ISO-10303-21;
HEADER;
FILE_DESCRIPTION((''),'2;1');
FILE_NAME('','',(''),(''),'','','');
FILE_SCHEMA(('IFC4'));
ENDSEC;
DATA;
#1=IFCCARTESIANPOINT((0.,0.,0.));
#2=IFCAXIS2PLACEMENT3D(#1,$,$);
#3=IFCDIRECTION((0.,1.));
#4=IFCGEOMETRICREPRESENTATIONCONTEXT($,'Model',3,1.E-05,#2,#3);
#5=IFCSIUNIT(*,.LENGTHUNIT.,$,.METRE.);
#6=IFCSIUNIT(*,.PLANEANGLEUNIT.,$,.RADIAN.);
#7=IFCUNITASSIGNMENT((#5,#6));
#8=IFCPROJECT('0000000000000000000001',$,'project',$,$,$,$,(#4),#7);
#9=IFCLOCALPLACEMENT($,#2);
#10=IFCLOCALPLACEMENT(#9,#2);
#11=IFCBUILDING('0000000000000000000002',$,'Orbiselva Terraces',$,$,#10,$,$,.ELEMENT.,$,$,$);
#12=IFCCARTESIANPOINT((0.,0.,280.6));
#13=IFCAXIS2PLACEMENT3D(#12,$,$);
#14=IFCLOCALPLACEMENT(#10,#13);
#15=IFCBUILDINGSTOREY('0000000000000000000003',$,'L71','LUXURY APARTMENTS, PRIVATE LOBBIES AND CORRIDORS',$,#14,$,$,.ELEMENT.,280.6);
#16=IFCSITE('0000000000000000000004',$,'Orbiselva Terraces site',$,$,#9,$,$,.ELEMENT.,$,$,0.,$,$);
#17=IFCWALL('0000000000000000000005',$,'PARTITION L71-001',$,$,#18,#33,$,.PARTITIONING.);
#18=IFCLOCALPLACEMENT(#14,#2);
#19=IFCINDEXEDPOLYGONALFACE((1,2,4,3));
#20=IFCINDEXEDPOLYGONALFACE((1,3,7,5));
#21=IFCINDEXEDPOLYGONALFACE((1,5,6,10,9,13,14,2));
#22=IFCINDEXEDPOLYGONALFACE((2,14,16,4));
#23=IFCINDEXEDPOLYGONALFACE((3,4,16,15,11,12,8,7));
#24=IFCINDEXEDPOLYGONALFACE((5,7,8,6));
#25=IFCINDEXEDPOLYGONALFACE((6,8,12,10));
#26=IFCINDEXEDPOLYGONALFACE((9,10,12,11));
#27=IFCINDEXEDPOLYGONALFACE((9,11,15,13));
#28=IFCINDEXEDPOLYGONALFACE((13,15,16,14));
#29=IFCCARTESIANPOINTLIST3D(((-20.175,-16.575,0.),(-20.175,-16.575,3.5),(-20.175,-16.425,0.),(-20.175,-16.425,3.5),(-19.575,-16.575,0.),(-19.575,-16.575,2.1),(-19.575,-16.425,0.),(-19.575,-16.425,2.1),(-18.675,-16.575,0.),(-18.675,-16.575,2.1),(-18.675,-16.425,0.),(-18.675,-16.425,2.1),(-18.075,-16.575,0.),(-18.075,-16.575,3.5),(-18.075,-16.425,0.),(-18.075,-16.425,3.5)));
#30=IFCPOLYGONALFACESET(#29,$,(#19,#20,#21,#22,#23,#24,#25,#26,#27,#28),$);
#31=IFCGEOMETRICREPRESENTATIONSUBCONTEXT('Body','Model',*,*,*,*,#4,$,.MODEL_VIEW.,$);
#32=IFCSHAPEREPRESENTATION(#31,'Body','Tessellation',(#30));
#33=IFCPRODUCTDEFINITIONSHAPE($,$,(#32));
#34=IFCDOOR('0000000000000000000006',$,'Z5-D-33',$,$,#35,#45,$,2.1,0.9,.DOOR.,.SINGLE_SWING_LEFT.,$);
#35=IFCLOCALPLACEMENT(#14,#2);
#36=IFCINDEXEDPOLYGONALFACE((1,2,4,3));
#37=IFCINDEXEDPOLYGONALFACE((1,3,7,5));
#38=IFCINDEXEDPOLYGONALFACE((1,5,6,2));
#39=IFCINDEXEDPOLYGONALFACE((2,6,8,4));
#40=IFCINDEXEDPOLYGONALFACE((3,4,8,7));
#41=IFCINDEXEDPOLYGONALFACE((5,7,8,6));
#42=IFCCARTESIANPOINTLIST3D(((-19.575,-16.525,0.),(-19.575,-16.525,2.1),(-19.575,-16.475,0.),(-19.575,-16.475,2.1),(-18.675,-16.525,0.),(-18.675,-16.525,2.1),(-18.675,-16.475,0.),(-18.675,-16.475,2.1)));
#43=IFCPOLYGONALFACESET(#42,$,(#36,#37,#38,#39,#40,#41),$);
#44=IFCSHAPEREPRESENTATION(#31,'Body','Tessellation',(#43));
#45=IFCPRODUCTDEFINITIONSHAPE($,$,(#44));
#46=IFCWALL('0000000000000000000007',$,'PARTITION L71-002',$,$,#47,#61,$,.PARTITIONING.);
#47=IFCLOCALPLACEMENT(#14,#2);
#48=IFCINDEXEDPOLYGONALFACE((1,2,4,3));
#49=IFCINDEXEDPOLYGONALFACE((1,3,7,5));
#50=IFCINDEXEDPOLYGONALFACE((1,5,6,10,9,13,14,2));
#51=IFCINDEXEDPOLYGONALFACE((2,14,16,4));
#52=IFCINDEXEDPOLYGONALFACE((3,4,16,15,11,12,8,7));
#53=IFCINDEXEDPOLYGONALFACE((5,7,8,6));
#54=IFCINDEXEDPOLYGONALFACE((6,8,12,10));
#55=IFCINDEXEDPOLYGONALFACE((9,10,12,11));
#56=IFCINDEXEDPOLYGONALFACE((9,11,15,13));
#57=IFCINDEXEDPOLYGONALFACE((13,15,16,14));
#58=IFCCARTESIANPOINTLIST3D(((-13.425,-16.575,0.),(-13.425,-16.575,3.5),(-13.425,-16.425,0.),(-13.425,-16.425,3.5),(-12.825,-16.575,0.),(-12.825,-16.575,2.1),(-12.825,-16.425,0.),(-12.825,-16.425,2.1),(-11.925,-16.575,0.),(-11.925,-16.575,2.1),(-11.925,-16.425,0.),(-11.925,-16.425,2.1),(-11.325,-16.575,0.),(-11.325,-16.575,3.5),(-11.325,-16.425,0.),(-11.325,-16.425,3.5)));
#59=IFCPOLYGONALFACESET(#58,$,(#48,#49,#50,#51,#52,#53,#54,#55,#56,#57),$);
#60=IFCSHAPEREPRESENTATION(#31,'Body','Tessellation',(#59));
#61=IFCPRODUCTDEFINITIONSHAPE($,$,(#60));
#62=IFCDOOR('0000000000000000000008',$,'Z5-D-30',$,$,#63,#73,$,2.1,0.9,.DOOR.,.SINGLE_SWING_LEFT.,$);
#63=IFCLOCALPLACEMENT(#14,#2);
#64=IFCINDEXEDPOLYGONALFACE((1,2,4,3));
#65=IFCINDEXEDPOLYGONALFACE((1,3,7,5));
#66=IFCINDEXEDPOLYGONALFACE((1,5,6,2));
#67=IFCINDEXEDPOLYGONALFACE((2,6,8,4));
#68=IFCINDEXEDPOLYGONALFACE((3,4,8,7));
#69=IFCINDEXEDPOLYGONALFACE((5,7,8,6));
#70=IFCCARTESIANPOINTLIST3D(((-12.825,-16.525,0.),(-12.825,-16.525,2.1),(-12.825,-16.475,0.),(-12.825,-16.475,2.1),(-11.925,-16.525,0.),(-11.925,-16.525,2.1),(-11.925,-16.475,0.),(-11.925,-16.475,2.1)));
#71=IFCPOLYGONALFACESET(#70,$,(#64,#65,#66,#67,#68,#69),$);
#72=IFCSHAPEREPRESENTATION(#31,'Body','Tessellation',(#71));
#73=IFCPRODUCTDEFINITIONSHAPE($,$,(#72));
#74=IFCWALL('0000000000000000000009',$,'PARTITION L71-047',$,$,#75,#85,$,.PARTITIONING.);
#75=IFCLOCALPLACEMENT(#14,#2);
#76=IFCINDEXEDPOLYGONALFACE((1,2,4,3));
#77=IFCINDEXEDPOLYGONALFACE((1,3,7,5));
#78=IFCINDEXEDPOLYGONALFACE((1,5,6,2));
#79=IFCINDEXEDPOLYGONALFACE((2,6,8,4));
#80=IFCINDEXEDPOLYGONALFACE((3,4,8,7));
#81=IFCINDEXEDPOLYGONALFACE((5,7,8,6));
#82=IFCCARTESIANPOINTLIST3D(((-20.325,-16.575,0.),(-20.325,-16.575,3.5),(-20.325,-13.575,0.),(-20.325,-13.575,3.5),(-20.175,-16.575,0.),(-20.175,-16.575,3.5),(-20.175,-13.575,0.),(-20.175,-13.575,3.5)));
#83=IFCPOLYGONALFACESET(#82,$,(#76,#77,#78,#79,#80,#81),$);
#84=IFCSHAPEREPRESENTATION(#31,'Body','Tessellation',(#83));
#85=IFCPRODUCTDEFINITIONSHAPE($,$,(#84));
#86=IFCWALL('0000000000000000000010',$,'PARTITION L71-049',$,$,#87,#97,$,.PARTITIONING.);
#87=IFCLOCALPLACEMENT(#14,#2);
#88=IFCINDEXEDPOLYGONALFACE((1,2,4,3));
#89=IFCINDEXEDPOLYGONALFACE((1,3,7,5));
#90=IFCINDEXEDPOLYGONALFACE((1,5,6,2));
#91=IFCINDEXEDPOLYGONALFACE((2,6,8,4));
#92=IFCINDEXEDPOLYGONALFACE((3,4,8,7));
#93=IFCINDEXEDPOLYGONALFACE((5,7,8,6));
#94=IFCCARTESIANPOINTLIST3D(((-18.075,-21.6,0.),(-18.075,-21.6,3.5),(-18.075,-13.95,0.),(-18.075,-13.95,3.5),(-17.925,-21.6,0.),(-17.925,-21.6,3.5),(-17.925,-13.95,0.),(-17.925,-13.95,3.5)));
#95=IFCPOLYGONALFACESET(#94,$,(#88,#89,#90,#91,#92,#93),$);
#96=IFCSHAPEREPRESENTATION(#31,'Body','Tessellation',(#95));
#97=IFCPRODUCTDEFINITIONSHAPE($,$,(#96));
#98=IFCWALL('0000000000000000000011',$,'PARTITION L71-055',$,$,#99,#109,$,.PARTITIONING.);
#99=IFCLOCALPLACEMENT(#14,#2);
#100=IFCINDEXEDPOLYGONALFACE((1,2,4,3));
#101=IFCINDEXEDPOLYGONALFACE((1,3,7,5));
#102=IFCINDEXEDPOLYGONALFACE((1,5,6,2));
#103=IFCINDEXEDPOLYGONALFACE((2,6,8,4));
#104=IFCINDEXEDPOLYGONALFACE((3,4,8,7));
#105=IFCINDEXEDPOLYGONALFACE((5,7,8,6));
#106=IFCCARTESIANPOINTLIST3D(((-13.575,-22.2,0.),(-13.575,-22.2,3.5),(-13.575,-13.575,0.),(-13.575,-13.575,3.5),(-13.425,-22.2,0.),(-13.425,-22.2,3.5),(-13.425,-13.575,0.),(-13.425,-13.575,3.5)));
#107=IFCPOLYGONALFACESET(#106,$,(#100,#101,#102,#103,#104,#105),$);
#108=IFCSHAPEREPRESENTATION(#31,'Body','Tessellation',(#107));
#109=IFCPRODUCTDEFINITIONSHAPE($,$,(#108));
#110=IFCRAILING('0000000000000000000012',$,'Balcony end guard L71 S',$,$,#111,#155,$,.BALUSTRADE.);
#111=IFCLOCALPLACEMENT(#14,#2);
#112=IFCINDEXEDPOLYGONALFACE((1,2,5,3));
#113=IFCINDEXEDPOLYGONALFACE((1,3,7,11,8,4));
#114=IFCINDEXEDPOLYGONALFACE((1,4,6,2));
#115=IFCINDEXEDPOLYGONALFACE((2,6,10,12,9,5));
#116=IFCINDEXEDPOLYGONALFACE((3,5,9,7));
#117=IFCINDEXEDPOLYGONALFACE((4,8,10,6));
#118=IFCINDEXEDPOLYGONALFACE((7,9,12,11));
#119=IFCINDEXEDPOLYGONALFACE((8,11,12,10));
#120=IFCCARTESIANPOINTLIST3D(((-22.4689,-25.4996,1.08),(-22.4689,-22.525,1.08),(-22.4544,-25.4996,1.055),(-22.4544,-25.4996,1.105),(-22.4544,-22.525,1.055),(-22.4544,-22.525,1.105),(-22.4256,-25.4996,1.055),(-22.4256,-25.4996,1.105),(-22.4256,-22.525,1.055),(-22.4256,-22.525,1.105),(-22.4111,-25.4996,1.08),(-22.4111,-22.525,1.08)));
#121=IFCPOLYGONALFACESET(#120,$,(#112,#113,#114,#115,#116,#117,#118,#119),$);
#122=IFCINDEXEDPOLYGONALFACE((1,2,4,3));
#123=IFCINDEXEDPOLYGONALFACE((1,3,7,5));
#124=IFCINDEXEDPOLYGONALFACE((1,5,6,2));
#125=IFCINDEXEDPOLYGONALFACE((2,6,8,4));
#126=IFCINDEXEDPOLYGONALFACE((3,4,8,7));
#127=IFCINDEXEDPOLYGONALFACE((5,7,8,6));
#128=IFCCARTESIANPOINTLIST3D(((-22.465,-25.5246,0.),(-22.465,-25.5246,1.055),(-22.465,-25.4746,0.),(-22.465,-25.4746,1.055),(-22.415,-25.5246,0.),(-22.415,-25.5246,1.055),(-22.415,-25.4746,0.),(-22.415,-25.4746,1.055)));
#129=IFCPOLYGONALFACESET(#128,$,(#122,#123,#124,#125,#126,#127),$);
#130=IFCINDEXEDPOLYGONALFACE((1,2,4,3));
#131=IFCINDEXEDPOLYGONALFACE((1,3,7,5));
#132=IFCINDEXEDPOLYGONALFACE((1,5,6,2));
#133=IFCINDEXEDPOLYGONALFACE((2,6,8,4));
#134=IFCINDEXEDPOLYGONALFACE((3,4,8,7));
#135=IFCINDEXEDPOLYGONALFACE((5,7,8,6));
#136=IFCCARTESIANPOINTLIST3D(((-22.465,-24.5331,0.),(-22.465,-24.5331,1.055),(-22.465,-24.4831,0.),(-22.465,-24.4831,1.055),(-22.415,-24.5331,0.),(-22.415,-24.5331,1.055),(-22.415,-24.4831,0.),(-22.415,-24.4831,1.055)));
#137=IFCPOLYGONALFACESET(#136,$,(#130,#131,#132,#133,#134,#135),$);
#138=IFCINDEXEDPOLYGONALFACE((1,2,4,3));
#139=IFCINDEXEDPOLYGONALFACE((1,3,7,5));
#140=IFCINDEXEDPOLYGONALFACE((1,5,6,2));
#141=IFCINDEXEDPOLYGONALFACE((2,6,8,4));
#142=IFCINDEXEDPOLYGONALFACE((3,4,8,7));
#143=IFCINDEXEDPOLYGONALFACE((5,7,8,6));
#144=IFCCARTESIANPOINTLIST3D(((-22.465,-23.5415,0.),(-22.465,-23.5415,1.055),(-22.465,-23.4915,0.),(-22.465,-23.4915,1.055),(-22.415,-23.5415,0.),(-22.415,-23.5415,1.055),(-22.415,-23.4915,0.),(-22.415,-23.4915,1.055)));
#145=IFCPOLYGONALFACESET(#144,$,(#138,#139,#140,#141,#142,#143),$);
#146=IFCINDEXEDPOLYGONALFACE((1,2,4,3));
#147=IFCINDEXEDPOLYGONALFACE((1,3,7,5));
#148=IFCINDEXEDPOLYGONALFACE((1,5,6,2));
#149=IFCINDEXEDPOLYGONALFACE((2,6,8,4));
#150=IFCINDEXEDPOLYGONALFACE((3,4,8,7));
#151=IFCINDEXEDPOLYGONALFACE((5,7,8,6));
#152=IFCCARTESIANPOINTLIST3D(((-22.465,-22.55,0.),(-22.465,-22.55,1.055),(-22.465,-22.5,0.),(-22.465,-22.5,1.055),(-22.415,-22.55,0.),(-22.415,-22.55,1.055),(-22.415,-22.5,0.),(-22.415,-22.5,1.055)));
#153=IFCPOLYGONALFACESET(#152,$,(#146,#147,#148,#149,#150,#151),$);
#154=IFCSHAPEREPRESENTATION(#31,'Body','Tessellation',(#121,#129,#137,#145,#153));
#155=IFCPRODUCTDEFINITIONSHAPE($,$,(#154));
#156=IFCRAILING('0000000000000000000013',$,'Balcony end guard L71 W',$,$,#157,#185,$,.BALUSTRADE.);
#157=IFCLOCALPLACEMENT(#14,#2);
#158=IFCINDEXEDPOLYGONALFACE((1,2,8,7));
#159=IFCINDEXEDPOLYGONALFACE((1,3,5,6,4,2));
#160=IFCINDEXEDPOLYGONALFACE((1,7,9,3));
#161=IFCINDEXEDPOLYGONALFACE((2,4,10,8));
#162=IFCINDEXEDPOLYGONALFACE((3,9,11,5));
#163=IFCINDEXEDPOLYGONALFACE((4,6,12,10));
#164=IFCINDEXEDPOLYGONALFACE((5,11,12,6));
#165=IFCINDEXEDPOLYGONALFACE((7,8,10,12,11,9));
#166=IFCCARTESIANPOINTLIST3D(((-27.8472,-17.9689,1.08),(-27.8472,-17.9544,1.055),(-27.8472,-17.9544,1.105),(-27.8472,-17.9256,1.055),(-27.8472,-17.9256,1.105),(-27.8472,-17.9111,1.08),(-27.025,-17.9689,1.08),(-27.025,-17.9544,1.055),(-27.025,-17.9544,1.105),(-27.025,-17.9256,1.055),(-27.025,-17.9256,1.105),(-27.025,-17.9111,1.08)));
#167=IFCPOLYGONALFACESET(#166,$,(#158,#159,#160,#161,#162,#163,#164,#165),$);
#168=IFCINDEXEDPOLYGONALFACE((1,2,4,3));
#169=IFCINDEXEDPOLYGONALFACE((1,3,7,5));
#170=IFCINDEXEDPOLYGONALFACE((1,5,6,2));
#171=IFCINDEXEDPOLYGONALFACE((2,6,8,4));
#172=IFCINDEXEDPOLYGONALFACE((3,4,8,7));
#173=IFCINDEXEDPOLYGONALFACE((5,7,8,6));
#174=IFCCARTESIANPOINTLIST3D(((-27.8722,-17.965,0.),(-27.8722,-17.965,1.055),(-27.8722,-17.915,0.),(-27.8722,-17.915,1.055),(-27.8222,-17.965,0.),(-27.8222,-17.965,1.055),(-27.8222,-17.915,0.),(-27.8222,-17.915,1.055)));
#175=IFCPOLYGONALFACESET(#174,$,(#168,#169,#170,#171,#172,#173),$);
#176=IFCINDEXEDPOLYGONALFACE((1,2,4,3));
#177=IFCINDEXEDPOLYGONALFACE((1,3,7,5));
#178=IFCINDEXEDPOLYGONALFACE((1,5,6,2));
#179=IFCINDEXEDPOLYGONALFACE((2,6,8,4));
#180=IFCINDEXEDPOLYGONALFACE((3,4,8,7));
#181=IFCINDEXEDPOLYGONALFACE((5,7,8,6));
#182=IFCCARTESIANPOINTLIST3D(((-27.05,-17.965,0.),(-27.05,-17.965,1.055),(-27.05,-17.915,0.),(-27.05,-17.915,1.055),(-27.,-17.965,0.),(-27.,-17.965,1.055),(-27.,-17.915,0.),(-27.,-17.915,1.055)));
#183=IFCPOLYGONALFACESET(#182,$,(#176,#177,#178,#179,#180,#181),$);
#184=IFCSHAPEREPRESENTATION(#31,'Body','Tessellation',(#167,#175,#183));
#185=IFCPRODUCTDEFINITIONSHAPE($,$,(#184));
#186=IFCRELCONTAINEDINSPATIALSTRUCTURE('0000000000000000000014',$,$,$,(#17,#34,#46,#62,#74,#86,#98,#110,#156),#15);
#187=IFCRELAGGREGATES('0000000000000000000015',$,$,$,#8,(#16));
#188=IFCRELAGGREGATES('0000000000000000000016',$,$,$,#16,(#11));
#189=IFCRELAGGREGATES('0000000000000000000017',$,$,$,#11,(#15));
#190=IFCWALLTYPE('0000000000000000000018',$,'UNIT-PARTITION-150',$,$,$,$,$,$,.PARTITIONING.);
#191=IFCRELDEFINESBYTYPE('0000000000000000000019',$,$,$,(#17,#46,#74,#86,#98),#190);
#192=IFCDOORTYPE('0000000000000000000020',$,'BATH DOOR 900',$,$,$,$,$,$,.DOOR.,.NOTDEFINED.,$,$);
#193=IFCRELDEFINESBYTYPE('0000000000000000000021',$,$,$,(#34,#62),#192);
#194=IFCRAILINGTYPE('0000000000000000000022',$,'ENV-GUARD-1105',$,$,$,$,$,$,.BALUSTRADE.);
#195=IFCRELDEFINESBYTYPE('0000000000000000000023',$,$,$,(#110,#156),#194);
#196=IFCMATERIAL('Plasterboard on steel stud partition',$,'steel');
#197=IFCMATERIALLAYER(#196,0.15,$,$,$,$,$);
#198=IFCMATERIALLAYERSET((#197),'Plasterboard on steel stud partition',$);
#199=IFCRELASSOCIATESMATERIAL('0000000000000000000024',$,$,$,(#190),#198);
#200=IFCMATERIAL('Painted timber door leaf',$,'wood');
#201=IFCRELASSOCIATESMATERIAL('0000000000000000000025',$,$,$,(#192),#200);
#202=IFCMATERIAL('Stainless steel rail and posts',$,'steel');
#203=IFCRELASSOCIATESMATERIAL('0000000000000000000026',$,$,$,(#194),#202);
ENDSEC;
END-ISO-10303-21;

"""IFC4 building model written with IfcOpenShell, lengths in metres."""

from ifc_helpers import new_model, si_unit, direction, frame, frame_2d, origin, origin_2d, place, context, subcontext, project, spatial, polyline, rectangle, outline, extrude, material, layer, layer_set, type_object, element, fill, save


model = new_model("IFC4")

# Units and contexts
model_context = context("Model", 3, precision=1e-05, world=origin(), true_north=direction((0.0, 1.0)))
body_context = subcontext(model_context, "Body", "Model", "MODEL_VIEW")
ifc_project = project(units=[si_unit("LENGTHUNIT", "METRE"), si_unit("PLANEANGLEUNIT", "RADIAN")], contexts=[model_context])

# Site, building, storey
site_placement = place(None, origin())
site = spatial("IfcSite", under=ifc_project, at=site_placement, Name="Orbiselva Terraces site", CompositionType="ELEMENT", RefElevation=0.0)
building_placement = place(site_placement, origin())
building = spatial("IfcBuilding", under=site, at=building_placement, Name="Orbiselva Terraces", CompositionType="ELEMENT")
storey_placement = place(building_placement, frame((0.0, 0.0, 280.6)))
storey = spatial("IfcBuildingStorey", under=building, at=storey_placement, Name="L71", Description="LUXURY APARTMENTS, PRIVATE LOBBIES AND CORRIDORS", CompositionType="ELEMENT", Elevation=280.6)

# Walls, openings, doors
ifc_material_1 = material(Name="Plasterboard on steel stud partition", Category="steel")
ifc_layer_1 = layer(ifc_material_1, 0.15)
ifc_layer_set_1 = layer_set([ifc_layer_1], Name="Plasterboard on steel stud partition")
wall_type_1 = type_object("IfcWallType", Name="UNIT-PARTITION-150", PredefinedType="PARTITIONING", material=ifc_layer_set_1)
wall_1_placement = place(storey_placement, frame((-20.175, -16.5, 0.0), z_axis=(0.0, 0.0, 1.0), x_axis=(1.0, 0.0, 0.0)))
wall_1 = element("IfcWall", 1, at=wall_1_placement, inside=storey, type_object=wall_type_1, Name="PARTITION L71-001", PredefinedType="PARTITIONING", context=body_context, shape_type="SweptSolid", body=[
    extrude(rectangle(XDim=2.1, YDim=0.15, at=frame_2d((1.05, 0.0))), origin(), (0.0, 0.0, 1.0), 3.5),
])
opening_1_placement = place(wall_1_placement, frame((0.6, 0.0, 0.0)))
opening_1 = element("IfcOpeningElement", 2, at=opening_1_placement, cuts=wall_1, PredefinedType="OPENING", context=body_context, shape_type="SweptSolid", body=[
    extrude(rectangle(XDim=0.9, YDim=2.1, at=frame_2d((0.45, 1.05))), frame((0.0, 0.085, 0.0), z_axis=(0.0, -1.0, 0.0), x_axis=(1.0, 0.0, 0.0)), (0.0, 0.0, 1.0), 0.17),
])
ifc_material_2 = material(Name="Painted timber door leaf", Category="wood")
door_type_1 = type_object("IfcDoorType", Name="BATH DOOR 900", OperationType="NOTDEFINED", PredefinedType="DOOR", material=ifc_material_2)
door_1_placement = place(opening_1_placement, origin())
door_1 = element("IfcDoor", 3, at=door_1_placement, inside=storey, type_object=door_type_1, Name="Z5-D-33", OperationType="SINGLE_SWING_LEFT", OverallHeight=2.1, OverallWidth=0.9, PredefinedType="DOOR", context=body_context, shape_type="SweptSolid", body=[
    extrude(rectangle(XDim=0.9, YDim=2.1, at=frame_2d((0.45, 1.05))), frame((0.0, 0.025, 0.0), z_axis=(0.0, -1.0, 0.0), x_axis=(1.0, 0.0, 0.0)), (0.0, 0.0, 1.0), 0.05),
])
fill(opening_1, door_1)
wall_2_placement = place(storey_placement, frame((-13.425, -16.5, 0.0), z_axis=(0.0, 0.0, 1.0), x_axis=(1.0, 0.0, 0.0)))
wall_2 = element("IfcWall", 4, at=wall_2_placement, inside=storey, type_object=wall_type_1, Name="PARTITION L71-002", PredefinedType="PARTITIONING", context=body_context, shape_type="SweptSolid", body=[
    extrude(rectangle(XDim=2.1, YDim=0.15, at=frame_2d((1.05, 0.0))), origin(), (0.0, 0.0, 1.0), 3.5),
])
opening_2_placement = place(wall_2_placement, frame((0.6, 0.0, 0.0)))
opening_2 = element("IfcOpeningElement", 5, at=opening_2_placement, cuts=wall_2, PredefinedType="OPENING", context=body_context, shape_type="SweptSolid", body=[
    extrude(rectangle(XDim=0.9, YDim=2.1, at=frame_2d((0.45, 1.05))), frame((0.0, 0.085, 0.0), z_axis=(0.0, -1.0, 0.0), x_axis=(1.0, 0.0, 0.0)), (0.0, 0.0, 1.0), 0.17),
])
door_2_placement = place(opening_2_placement, origin())
door_2 = element("IfcDoor", 6, at=door_2_placement, inside=storey, type_object=door_type_1, Name="Z5-D-30", OperationType="SINGLE_SWING_LEFT", OverallHeight=2.1, OverallWidth=0.9, PredefinedType="DOOR", context=body_context, shape_type="SweptSolid", body=[
    extrude(rectangle(XDim=0.9, YDim=2.1, at=frame_2d((0.45, 1.05))), frame((0.0, 0.025, 0.0), z_axis=(0.0, -1.0, 0.0), x_axis=(1.0, 0.0, 0.0)), (0.0, 0.0, 1.0), 0.05),
])
fill(opening_2, door_2)

# Walls
wall_3_placement = place(storey_placement, frame((-20.25, -16.575, 0.0), z_axis=(0.0, 0.0, 1.0), x_axis=(0.0, 1.0, 0.0)))
element("IfcWall", 7, at=wall_3_placement, inside=storey, type_object=wall_type_1, Name="PARTITION L71-047", PredefinedType="PARTITIONING", context=body_context, shape_type="SweptSolid", body=[
    extrude(rectangle(XDim=3.0, YDim=0.15, at=frame_2d((1.5, 0.0))), origin(), (0.0, 0.0, 1.0), 3.5),
])
wall_4_placement = place(storey_placement, frame((-18.0, -21.6, 0.0), z_axis=(0.0, 0.0, 1.0), x_axis=(0.0, 1.0, 0.0)))
element("IfcWall", 8, at=wall_4_placement, inside=storey, type_object=wall_type_1, Name="PARTITION L71-049", PredefinedType="PARTITIONING", context=body_context, shape_type="SweptSolid", body=[
    extrude(rectangle(XDim=7.65, YDim=0.15, at=frame_2d((3.825, 0.0))), origin(), (0.0, 0.0, 1.0), 3.5),
])
wall_5_placement = place(storey_placement, frame((-13.5, -22.2, 0.0), z_axis=(0.0, 0.0, 1.0), x_axis=(0.0, 1.0, 0.0)))
element("IfcWall", 9, at=wall_5_placement, inside=storey, type_object=wall_type_1, Name="PARTITION L71-055", PredefinedType="PARTITIONING", context=body_context, shape_type="SweptSolid", body=[
    extrude(rectangle(XDim=8.625, YDim=0.15, at=frame_2d((4.3125, 0.0))), origin(), (0.0, 0.0, 1.0), 3.5),
])

# Railings
ifc_material_3 = material(Name="Stainless steel rail and posts", Category="steel")
railing_type_1 = type_object("IfcRailingType", Name="ENV-GUARD-1105", PredefinedType="BALUSTRADE", material=ifc_material_3)
railing_1_placement = place(storey_placement, frame((-22.44, -25.4996, 0.0)))
element("IfcRailing", 10, at=railing_1_placement, inside=storey, type_object=railing_type_1, Name="Balcony end guard L71 S", PredefinedType="BALUSTRADE", context=body_context, shape_type="SweptSolid", body=[
    extrude(outline(polyline([(0.0289, 0.0), (0.0144, 0.025), (-0.0144, 0.025), (-0.0289, 0.0), (-0.0144, -0.025), (0.0144, -0.025), (0.0289, 0.0)])), frame((0.0, 0.0, 1.08), z_axis=(0.0, 1.0, 0.0), x_axis=(-1.0, 0.0, 0.0)), (0.0, 0.0, 1.0), 2.9746),
    extrude(rectangle(XDim=0.05, YDim=0.05, at=origin_2d()), origin(), (0.0, 0.0, 1.0), 1.055),
    extrude(rectangle(XDim=0.05, YDim=0.05, at=origin_2d()), frame((0.0, 0.9915, 0.0)), (0.0, 0.0, 1.0), 1.055),
    extrude(rectangle(XDim=0.05, YDim=0.05, at=origin_2d()), frame((0.0, 1.9831, 0.0)), (0.0, 0.0, 1.0), 1.055),
    extrude(rectangle(XDim=0.05, YDim=0.05, at=origin_2d()), frame((0.0, 2.9746, 0.0)), (0.0, 0.0, 1.0), 1.055),
])
railing_2_placement = place(storey_placement, frame((-27.8472, -17.94, 0.0)))
element("IfcRailing", 11, at=railing_2_placement, inside=storey, type_object=railing_type_1, Name="Balcony end guard L71 W", PredefinedType="BALUSTRADE", context=body_context, shape_type="SweptSolid", body=[
    extrude(outline(polyline([(0.0289, 0.0), (0.0144, 0.025), (-0.0144, 0.025), (-0.0289, 0.0), (-0.0144, -0.025), (0.0144, -0.025), (0.0289, 0.0)])), frame((0.0, 0.0, 1.08), z_axis=(1.0, 0.0, 0.0), x_axis=(0.0, 1.0, 0.0)), (0.0, 0.0, 1.0), 0.8222),
    extrude(rectangle(XDim=0.05, YDim=0.05, at=origin_2d()), origin(), (0.0, 0.0, 1.0), 1.055),
    extrude(rectangle(XDim=0.05, YDim=0.05, at=origin_2d()), frame((0.8222, 0.0, 0.0)), (0.0, 0.0, 1.0), 1.055),
])

save(model, "model.ifc")
